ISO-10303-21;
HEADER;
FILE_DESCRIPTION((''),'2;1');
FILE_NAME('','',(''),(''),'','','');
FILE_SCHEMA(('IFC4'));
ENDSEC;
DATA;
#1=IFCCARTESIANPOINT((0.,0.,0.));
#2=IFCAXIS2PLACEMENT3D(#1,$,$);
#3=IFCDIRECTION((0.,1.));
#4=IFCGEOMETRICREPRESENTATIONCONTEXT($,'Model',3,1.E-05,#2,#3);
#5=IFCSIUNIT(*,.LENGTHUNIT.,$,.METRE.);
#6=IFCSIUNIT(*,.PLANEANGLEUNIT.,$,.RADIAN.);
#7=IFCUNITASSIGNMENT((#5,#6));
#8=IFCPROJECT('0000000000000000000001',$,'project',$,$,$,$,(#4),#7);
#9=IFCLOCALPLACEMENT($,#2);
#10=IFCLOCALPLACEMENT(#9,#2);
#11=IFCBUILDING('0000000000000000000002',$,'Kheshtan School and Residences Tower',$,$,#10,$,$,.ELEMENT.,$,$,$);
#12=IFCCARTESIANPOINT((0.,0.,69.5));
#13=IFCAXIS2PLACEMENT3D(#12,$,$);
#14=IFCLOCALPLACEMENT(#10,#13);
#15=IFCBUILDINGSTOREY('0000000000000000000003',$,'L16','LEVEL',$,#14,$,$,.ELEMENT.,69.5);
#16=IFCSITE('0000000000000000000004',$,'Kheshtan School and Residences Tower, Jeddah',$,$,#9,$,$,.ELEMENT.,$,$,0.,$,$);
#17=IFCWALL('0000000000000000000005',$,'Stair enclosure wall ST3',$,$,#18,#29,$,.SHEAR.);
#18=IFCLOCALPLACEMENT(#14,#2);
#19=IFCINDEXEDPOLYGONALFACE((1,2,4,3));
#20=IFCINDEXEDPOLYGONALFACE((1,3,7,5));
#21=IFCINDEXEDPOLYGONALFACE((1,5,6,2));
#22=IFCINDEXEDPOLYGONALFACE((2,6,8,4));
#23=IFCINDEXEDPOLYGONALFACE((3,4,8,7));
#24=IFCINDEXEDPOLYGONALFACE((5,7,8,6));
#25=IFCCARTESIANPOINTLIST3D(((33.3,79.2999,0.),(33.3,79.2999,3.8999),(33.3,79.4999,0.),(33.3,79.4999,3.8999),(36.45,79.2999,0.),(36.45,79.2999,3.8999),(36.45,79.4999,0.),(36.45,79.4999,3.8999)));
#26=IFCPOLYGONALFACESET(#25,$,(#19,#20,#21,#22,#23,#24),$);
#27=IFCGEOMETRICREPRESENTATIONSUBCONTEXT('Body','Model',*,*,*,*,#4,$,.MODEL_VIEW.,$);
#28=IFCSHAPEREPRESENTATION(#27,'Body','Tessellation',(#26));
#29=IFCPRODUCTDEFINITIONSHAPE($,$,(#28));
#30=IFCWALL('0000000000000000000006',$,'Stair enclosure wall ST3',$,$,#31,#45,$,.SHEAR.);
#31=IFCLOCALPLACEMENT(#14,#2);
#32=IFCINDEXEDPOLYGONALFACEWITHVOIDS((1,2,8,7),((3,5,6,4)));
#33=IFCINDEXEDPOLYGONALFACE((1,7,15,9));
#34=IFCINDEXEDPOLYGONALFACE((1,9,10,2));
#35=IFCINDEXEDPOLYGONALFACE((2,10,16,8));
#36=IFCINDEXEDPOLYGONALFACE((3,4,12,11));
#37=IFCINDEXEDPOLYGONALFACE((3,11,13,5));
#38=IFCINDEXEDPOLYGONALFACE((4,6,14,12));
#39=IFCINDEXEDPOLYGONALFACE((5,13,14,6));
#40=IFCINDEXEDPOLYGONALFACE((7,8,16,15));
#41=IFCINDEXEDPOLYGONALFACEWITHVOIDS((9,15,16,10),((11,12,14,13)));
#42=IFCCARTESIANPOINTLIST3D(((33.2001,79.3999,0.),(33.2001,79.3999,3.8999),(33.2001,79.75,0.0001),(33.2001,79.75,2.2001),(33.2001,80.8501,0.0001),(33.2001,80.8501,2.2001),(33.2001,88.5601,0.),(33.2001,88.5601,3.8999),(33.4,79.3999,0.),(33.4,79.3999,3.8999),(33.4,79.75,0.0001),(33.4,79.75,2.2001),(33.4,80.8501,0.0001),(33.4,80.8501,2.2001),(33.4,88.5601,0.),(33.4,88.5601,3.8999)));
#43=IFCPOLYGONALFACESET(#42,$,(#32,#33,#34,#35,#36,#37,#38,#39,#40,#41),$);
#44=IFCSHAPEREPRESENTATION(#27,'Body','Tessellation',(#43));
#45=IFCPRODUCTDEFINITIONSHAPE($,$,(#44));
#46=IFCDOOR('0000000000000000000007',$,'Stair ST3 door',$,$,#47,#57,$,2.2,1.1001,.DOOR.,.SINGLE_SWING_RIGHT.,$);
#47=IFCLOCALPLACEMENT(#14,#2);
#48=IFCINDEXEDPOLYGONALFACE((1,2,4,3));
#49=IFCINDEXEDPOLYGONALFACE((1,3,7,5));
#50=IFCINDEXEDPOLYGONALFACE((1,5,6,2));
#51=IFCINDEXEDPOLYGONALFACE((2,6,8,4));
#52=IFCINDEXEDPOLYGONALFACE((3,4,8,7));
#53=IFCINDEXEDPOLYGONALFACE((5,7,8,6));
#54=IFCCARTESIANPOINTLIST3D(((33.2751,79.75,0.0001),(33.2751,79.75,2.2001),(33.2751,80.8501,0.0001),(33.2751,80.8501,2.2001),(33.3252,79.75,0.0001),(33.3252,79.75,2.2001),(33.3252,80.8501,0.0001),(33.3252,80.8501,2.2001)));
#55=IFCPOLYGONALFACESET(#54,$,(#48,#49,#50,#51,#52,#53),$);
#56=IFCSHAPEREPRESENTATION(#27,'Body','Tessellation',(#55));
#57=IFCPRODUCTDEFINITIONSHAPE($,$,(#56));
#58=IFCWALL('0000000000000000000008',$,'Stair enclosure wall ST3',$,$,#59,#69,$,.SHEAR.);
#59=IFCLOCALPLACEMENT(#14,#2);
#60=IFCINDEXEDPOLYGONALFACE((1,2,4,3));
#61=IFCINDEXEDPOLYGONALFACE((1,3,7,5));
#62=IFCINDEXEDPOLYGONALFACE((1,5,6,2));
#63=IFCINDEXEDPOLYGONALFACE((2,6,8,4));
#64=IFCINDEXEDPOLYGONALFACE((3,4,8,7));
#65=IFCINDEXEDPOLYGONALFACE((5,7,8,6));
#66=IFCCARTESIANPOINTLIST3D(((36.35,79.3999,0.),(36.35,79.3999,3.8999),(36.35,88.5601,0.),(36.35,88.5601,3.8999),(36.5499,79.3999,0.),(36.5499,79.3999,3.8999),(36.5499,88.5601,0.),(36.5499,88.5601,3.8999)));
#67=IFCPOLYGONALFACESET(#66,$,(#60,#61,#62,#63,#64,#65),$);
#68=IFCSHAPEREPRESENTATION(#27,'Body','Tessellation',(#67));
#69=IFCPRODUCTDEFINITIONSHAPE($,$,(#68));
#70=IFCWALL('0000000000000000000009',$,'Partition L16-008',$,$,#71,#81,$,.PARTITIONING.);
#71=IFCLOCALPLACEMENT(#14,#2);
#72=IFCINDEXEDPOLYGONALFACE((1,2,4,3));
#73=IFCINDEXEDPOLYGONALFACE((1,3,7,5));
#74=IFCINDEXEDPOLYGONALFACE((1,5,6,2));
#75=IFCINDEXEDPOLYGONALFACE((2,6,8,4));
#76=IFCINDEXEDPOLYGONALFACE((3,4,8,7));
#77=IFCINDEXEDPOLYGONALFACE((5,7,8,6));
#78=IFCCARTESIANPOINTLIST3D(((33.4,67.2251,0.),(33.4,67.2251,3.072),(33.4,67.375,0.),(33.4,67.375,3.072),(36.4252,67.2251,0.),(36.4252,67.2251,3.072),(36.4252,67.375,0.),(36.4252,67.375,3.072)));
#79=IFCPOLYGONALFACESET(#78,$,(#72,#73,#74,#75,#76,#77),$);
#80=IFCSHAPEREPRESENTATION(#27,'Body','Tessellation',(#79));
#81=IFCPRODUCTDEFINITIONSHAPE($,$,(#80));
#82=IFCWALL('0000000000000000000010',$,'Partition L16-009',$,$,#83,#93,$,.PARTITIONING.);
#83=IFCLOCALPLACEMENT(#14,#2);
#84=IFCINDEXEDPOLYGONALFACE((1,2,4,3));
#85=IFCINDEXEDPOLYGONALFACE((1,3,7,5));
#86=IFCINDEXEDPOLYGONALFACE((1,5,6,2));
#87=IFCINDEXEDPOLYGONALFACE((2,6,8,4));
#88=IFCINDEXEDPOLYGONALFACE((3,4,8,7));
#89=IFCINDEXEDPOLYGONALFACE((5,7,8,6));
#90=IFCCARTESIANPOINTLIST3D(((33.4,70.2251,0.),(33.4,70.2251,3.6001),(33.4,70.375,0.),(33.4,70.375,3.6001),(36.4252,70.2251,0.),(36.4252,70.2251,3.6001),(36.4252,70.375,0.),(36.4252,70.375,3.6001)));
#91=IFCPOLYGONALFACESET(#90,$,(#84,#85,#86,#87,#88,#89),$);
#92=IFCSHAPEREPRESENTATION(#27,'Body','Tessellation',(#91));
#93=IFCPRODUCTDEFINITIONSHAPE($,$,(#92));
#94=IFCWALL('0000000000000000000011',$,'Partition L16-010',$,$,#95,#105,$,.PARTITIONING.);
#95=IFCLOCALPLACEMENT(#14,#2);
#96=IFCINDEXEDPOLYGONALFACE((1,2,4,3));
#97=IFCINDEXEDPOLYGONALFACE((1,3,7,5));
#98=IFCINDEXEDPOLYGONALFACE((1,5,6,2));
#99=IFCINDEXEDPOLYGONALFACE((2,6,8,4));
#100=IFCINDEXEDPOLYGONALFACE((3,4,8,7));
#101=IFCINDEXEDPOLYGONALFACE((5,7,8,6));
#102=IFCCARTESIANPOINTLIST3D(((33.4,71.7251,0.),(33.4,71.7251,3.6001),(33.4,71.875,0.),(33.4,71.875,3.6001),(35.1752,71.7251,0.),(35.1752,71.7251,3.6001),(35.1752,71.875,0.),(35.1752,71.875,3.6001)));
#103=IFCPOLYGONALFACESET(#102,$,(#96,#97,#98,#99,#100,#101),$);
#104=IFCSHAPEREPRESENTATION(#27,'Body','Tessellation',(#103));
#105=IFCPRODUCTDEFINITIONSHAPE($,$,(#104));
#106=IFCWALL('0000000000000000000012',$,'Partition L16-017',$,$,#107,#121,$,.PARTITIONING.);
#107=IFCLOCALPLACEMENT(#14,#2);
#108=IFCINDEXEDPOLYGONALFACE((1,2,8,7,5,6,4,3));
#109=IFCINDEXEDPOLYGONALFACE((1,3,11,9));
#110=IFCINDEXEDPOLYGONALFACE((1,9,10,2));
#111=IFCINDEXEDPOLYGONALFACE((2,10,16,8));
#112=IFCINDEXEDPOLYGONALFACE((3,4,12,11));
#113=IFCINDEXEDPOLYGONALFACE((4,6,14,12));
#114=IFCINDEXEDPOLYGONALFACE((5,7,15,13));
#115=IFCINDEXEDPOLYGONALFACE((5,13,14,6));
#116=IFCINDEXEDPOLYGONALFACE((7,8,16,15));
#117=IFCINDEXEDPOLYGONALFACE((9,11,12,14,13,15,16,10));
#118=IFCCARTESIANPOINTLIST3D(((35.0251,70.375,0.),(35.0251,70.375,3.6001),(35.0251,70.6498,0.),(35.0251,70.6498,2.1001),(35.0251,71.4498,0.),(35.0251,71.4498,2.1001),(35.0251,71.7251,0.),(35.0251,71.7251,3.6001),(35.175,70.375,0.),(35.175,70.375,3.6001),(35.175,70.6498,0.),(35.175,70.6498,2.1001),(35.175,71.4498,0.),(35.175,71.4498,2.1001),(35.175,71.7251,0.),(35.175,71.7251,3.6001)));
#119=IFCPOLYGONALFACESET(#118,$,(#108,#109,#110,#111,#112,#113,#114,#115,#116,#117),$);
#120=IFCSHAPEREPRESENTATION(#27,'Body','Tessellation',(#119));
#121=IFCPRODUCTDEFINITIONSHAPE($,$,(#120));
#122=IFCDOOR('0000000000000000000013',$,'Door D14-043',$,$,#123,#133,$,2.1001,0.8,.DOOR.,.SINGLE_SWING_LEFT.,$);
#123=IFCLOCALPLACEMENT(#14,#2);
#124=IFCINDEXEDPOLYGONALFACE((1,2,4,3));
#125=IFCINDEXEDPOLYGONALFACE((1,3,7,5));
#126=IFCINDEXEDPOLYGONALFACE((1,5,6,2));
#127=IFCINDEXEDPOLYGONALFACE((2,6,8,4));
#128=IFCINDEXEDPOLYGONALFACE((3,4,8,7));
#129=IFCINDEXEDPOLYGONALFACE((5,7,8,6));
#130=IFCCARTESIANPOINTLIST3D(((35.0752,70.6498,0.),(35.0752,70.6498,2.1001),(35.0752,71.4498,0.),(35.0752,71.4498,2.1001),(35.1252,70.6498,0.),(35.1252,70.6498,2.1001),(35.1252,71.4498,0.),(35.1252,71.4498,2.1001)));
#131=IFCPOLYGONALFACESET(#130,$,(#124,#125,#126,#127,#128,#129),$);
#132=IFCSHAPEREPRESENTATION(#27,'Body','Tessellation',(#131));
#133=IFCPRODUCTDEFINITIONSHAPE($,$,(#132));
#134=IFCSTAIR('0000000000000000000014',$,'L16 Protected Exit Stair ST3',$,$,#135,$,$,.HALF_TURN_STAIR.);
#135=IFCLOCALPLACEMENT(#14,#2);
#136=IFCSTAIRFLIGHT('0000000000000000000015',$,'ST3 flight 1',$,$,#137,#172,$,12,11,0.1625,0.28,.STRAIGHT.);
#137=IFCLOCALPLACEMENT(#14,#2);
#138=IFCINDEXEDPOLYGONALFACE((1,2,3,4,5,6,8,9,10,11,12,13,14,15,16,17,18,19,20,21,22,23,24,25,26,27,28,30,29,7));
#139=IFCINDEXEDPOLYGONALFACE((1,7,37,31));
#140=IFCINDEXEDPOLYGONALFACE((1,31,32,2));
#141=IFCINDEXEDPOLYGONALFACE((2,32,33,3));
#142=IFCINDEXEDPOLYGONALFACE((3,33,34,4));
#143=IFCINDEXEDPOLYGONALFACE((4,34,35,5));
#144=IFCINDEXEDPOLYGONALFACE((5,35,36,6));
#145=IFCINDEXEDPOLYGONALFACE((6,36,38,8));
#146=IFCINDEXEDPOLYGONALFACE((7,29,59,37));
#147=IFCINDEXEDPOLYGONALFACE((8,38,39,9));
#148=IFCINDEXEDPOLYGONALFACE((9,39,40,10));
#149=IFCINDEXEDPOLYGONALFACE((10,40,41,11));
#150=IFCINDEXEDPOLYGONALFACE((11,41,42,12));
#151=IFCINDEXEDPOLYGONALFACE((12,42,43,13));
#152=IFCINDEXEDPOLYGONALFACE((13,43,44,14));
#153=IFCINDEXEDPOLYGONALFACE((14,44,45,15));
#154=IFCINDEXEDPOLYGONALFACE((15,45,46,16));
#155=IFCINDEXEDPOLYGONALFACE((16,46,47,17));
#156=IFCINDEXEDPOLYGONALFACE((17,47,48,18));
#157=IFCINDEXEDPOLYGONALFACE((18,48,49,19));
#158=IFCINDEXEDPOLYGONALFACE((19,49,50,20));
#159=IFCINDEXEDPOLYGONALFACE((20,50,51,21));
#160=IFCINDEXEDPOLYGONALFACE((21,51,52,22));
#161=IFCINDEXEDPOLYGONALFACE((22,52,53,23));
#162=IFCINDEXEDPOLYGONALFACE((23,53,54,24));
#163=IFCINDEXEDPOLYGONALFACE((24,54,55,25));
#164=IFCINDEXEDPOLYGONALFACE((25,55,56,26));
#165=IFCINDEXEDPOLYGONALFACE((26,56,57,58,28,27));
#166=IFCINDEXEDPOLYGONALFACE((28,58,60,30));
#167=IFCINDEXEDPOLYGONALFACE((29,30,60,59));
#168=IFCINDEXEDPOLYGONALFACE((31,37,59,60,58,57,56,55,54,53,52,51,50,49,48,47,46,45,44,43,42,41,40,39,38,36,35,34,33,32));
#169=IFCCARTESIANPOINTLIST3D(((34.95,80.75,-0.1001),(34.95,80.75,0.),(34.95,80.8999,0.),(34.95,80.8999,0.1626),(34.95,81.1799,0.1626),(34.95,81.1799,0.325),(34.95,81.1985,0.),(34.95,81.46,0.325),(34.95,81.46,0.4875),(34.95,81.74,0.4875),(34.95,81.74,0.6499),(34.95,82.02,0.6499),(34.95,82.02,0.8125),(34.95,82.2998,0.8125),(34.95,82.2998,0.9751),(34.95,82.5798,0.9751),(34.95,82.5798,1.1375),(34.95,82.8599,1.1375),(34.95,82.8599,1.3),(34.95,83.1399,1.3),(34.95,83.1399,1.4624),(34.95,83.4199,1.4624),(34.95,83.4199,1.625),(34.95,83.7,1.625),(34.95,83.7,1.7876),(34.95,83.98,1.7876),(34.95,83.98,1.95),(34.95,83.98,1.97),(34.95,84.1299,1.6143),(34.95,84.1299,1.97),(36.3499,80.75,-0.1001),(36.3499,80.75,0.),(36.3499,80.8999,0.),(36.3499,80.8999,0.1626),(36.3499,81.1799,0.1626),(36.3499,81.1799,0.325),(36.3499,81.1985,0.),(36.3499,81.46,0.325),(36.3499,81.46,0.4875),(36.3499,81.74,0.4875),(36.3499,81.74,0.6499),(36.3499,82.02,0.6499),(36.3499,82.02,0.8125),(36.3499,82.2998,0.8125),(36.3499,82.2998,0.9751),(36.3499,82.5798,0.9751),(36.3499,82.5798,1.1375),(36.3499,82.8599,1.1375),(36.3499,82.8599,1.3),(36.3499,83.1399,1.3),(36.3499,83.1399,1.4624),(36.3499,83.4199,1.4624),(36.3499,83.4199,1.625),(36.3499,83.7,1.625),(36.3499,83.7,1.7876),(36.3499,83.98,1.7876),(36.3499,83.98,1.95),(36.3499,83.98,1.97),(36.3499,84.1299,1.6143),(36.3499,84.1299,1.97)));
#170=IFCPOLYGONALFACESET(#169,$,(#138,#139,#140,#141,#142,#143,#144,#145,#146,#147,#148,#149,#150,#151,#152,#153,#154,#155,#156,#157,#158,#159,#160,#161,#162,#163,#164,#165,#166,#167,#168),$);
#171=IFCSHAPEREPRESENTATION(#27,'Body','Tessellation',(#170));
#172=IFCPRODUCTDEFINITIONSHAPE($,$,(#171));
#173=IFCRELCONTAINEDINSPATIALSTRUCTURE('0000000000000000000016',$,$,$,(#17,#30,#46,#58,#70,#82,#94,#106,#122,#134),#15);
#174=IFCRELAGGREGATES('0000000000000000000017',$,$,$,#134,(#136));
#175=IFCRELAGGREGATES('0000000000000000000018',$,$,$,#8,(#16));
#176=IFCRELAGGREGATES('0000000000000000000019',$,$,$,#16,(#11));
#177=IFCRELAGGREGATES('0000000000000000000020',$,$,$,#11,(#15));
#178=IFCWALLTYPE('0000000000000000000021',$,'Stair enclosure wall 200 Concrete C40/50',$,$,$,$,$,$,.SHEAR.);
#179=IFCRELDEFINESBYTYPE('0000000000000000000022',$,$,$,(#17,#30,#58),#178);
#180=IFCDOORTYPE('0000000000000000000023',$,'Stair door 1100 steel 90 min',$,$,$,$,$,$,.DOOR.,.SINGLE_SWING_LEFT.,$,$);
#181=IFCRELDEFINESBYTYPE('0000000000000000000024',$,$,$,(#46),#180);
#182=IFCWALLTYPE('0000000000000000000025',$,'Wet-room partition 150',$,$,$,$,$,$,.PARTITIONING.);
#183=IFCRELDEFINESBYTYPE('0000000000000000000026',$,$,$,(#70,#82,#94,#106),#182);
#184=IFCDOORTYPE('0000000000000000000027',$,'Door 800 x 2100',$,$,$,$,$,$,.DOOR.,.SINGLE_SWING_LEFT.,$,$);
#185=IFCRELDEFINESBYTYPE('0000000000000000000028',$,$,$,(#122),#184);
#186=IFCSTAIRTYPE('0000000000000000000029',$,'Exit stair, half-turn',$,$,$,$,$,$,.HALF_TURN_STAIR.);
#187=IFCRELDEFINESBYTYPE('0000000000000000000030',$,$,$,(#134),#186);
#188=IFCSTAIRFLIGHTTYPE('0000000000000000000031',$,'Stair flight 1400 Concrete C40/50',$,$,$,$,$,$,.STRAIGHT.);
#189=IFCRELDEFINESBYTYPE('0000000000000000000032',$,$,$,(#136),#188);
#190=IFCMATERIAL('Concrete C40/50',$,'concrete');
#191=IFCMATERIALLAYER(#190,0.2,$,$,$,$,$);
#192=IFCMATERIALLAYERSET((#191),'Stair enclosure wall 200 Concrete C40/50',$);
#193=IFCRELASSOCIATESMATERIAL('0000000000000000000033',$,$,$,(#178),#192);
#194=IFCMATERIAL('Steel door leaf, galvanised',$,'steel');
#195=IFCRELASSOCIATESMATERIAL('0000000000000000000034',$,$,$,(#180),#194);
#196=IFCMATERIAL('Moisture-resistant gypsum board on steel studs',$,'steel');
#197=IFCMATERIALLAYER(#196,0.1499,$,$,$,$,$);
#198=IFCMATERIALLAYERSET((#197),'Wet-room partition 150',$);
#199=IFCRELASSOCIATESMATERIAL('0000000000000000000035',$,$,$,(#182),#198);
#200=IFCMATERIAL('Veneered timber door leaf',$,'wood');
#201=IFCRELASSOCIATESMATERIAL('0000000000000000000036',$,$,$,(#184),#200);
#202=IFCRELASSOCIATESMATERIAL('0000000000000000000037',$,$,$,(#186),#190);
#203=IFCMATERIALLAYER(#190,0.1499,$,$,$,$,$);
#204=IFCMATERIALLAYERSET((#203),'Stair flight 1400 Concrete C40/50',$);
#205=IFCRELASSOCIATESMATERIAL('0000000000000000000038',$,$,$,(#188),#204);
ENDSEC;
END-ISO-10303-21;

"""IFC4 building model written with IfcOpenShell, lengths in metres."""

from ifc_helpers import new_model, si_unit, direction, frame, frame_2d, origin, place, context, subcontext, project, spatial, polyline, rectangle, outline, extrude, source, transform, mapped, material, layer, layer_set, type_object, element, fill, aggregate, save


model = new_model("IFC4")

# Units and contexts
model_context = context("Model", 3, precision=1e-05, world=origin(), true_north=direction((0.0, 1.0)))
body_context = subcontext(model_context, "Body", "Model", "MODEL_VIEW")
ifc_project = project(units=[si_unit("LENGTHUNIT", "METRE"), si_unit("PLANEANGLEUNIT", "RADIAN")], contexts=[model_context])

# Site, building, storey
site_placement = place(None, origin())
site = spatial("IfcSite", under=ifc_project, at=site_placement, Name="Kheshtan School and Residences Tower, Jeddah", CompositionType="ELEMENT", RefElevation=0.0)
building_placement = place(site_placement, origin())
building = spatial("IfcBuilding", under=site, at=building_placement, Name="Kheshtan School and Residences Tower", CompositionType="ELEMENT")
storey_placement = place(building_placement, frame((0.0, 0.0, 69.5)))
storey = spatial("IfcBuildingStorey", under=building, at=storey_placement, Name="L16", Description="LEVEL", CompositionType="ELEMENT", Elevation=69.5)

# Shared definitions
ifc_material_1 = material(Name="Veneered timber door leaf", Category="wood")

# Wall
ifc_material_2 = material(Name="Concrete C40/50", Category="concrete")
ifc_layer_1 = layer(ifc_material_2, 0.2)
ifc_layer_set_1 = layer_set([ifc_layer_1], Name="Stair enclosure wall 200 Concrete C40/50")
wall_type_1 = type_object("IfcWallType", Name="Stair enclosure wall 200 Concrete C40/50", PredefinedType="SHEAR", material=ifc_layer_set_1)
wall_1_placement = place(storey_placement, frame((33.3, 79.3999, 0.0), z_axis=(0.0, 0.0, 1.0), x_axis=(1.0, 0.0, 0.0)))
element("IfcWall", 1, at=wall_1_placement, inside=storey, type_object=wall_type_1, Name="Stair enclosure wall ST3", PredefinedType="SHEAR", context=body_context, shape_type="SweptSolid", body=[
    extrude(rectangle(XDim=3.1499, YDim=0.2, at=frame_2d((1.575, 0.0))), origin(), (0.0, 0.0, 1.0), 3.8999),
])

# Wall, opening, door
wall_2_placement = place(storey_placement, frame((33.3, 79.3999, 0.0), z_axis=(0.0, 0.0, 1.0), x_axis=(0.0, 1.0, 0.0)))
wall_2 = element("IfcWall", 2, at=wall_2_placement, inside=storey, type_object=wall_type_1, Name="Stair enclosure wall ST3", PredefinedType="SHEAR", context=body_context, shape_type="SweptSolid", body=[
    extrude(rectangle(XDim=9.1602, YDim=0.2, at=frame_2d((4.5801, 0.0))), origin(), (0.0, 0.0, 1.0), 3.8999),
])
opening_1_placement = place(wall_2_placement, frame((0.3501, 0.0, 0.0)))
opening_1 = element("IfcOpeningElement", 3, at=opening_1_placement, cuts=wall_2, PredefinedType="OPENING", context=body_context, shape_type="SweptSolid", body=[
    extrude(rectangle(XDim=1.1001, YDim=2.2, at=frame_2d((0.55, 1.1001))), frame((0.0, 0.1099, 0.0), z_axis=(0.0, -1.0, 0.0), x_axis=(1.0, 0.0, 0.0)), (0.0, 0.0, 1.0), 0.22),
])
ifc_material_3 = material(Name="Steel door leaf, galvanised", Category="steel")
door_type_1 = type_object("IfcDoorType", Name="Stair door 1100 steel 90 min", OperationType="SINGLE_SWING_LEFT", PredefinedType="DOOR", material=ifc_material_3)
shared_shape_1 = source(origin(), body_context, "Body", "SweptSolid", [
    extrude(rectangle(XDim=1.1001, YDim=2.2, at=frame_2d((0.55, 1.1001))), frame((0.0, 0.0249, 0.0), z_axis=(0.0, -1.0, 0.0), x_axis=(1.0, 0.0, 0.0)), (0.0, 0.0, 1.0), 0.05),
])
door_1_placement = place(opening_1_placement, origin())
door_1 = element("IfcDoor", 4, at=door_1_placement, inside=storey, type_object=door_type_1, Name="Stair ST3 door", OperationType="SINGLE_SWING_RIGHT", OverallHeight=2.2, OverallWidth=1.1001, PredefinedType="DOOR", context=body_context, shape_type="MappedRepresentation", body=[
    mapped(shared_shape_1, transform((0.0, 0.0, 0.0), x_axis=(1.0, 0.0, 0.0), y_axis=(0.0, 1.0, 0.0), z_axis=(0.0, 0.0, 1.0), scale=1.0)),
])
fill(opening_1, door_1)

# Walls
wall_3_placement = place(storey_placement, frame((36.45, 79.3999, 0.0), z_axis=(0.0, 0.0, 1.0), x_axis=(0.0, 1.0, 0.0)))
element("IfcWall", 5, at=wall_3_placement, inside=storey, type_object=wall_type_1, Name="Stair enclosure wall ST3", PredefinedType="SHEAR", context=body_context, shape_type="SweptSolid", body=[
    extrude(rectangle(XDim=9.1602, YDim=0.2, at=frame_2d((4.5801, 0.0))), origin(), (0.0, 0.0, 1.0), 3.8999),
])
ifc_material_4 = material(Name="Moisture-resistant gypsum board on steel studs", Category="steel")
ifc_layer_2 = layer(ifc_material_4, 0.1499)
ifc_layer_set_2 = layer_set([ifc_layer_2], Name="Wet-room partition 150")
wall_type_2 = type_object("IfcWallType", Name="Wet-room partition 150", PredefinedType="PARTITIONING", material=ifc_layer_set_2)
wall_4_placement = place(storey_placement, frame((33.3999, 67.3, 0.0), z_axis=(0.0, 0.0, 1.0), x_axis=(1.0, 0.0, 0.0)))
element("IfcWall", 6, at=wall_4_placement, inside=storey, type_object=wall_type_2, Name="Partition L16-008", PredefinedType="PARTITIONING", context=body_context, shape_type="SweptSolid", body=[
    extrude(rectangle(XDim=3.0251, YDim=0.1499, at=frame_2d((1.5127, 0.0))), origin(), (0.0, 0.0, 1.0), 3.072),
])
wall_5_placement = place(storey_placement, frame((33.3999, 70.3, 0.0), z_axis=(0.0, 0.0, 1.0), x_axis=(1.0, 0.0, 0.0)))
element("IfcWall", 7, at=wall_5_placement, inside=storey, type_object=wall_type_2, Name="Partition L16-009", PredefinedType="PARTITIONING", context=body_context, shape_type="SweptSolid", body=[
    extrude(rectangle(XDim=3.0251, YDim=0.1499, at=frame_2d((1.5127, 0.0))), origin(), (0.0, 0.0, 1.0), 3.6001),
])
wall_6_placement = place(storey_placement, frame((33.3999, 71.8, 0.0), z_axis=(0.0, 0.0, 1.0), x_axis=(1.0, 0.0, 0.0)))
element("IfcWall", 8, at=wall_6_placement, inside=storey, type_object=wall_type_2, Name="Partition L16-010", PredefinedType="PARTITIONING", context=body_context, shape_type="SweptSolid", body=[
    extrude(rectangle(XDim=1.7751, YDim=0.1499, at=frame_2d((0.8877, 0.0))), origin(), (0.0, 0.0, 1.0), 3.6001),
])

# Wall, opening, door
wall_7_placement = place(storey_placement, frame((35.1001, 70.375, 0.0), z_axis=(0.0, 0.0, 1.0), x_axis=(0.0, 1.0, 0.0)))
wall_7 = element("IfcWall", 9, at=wall_7_placement, inside=storey, type_object=wall_type_2, Name="Partition L16-017", PredefinedType="PARTITIONING", context=body_context, shape_type="SweptSolid", body=[
    extrude(rectangle(XDim=1.3501, YDim=0.1499, at=frame_2d((0.675, 0.0))), origin(), (0.0, 0.0, 1.0), 3.6001),
])
opening_2_placement = place(wall_7_placement, frame((0.2749, 0.0, 0.0)))
opening_2 = element("IfcOpeningElement", 10, at=opening_2_placement, cuts=wall_7, PredefinedType="OPENING", context=body_context, shape_type="SweptSolid", body=[
    extrude(rectangle(XDim=0.8, YDim=2.1001, at=frame_2d((0.3999, 1.05))), frame((0.0, 0.085, 0.0), z_axis=(0.0, -1.0, 0.0), x_axis=(1.0, 0.0, 0.0)), (0.0, 0.0, 1.0), 0.1699),
])
door_type_2 = type_object("IfcDoorType", Name="Door 800 x 2100", OperationType="SINGLE_SWING_LEFT", PredefinedType="DOOR", material=ifc_material_1)
shared_shape_2 = source(origin(), body_context, "Body", "SweptSolid", [
    extrude(rectangle(XDim=0.8, YDim=2.1001, at=frame_2d((0.3999, 1.05))), frame((0.0, 0.0249, 0.0), z_axis=(0.0, -1.0, 0.0), x_axis=(1.0, 0.0, 0.0)), (0.0, 0.0, 1.0), 0.05),
])
door_2_placement = place(opening_2_placement, origin())
door_2 = element("IfcDoor", 11, at=door_2_placement, inside=storey, type_object=door_type_2, Name="Door D14-043", OperationType="SINGLE_SWING_LEFT", OverallHeight=2.1001, OverallWidth=0.8, PredefinedType="DOOR", context=body_context, shape_type="MappedRepresentation", body=[
    mapped(shared_shape_2, transform((0.0, 0.0, 0.0), x_axis=(1.0, 0.0, 0.0), y_axis=(0.0, 1.0, 0.0), z_axis=(0.0, 0.0, 1.0), scale=1.0)),
])
fill(opening_2, door_2)

# Stair, stair flight
stair_type = type_object("IfcStairType", Name="Exit stair, half-turn", PredefinedType="HALF_TURN_STAIR", material=ifc_material_2)
stair_placement = place(storey_placement, origin())
stair = element("IfcStair", 12, at=stair_placement, inside=storey, type_object=stair_type, Name="L16 Protected Exit Stair ST3", PredefinedType="HALF_TURN_STAIR")
ifc_layer_3 = layer(ifc_material_2, 0.1499)
ifc_layer_set_3 = layer_set([ifc_layer_3], Name="Stair flight 1400 Concrete C40/50")
stair_flight_type = type_object("IfcStairFlightType", Name="Stair flight 1400 Concrete C40/50", PredefinedType="STRAIGHT", material=ifc_layer_set_3)
stair_flight_placement = place(storey_placement, frame((35.6499, 80.8999, 0.0), z_axis=(0.0, 0.0, 1.0), x_axis=(0.0, 1.0, 0.0)))
stair_flight = element("IfcStairFlight", 13, at=stair_flight_placement, type_object=stair_flight_type, Name="ST3 flight 1", NumberOfRisers=12, NumberOfTreads=11, PredefinedType="STRAIGHT", RiserHeight=0.1625, TreadLength=0.28, context=body_context, shape_type="SweptSolid", body=[
    extrude(outline(polyline([(-0.1499, -0.1001), (-0.1499, 0.0), (0.0, 0.0), (0.0, 0.1626), (0.28, 0.1626), (0.28, 0.325), (0.5601, 0.325), (0.5601, 0.4875), (0.8401, 0.4875), (0.8401, 0.6499), (1.1201, 0.6499), (1.1201, 0.8125), (1.3999, 0.8125), (1.3999, 0.9751), (1.6799, 0.9751), (1.6799, 1.1375), (1.96, 1.1375), (1.96, 1.3), (2.24, 1.3), (2.24, 1.4624), (2.52, 1.4624), (2.52, 1.625), (2.8, 1.625), (2.8, 1.7876), (3.0801, 1.7876), (3.0801, 1.95), (3.0801, 1.97), (3.23, 1.97), (3.23, 1.6143), (0.2986, 0.0), (-0.1499, -0.1001)])), frame((0.0, 0.7, 0.0), z_axis=(0.0, -1.0, 0.0), x_axis=(1.0, 0.0, 0.0)), (0.0, 0.0, 1.0), 1.3999),
])
aggregate(stair, [stair_flight])

save(model, "model.ifc")
